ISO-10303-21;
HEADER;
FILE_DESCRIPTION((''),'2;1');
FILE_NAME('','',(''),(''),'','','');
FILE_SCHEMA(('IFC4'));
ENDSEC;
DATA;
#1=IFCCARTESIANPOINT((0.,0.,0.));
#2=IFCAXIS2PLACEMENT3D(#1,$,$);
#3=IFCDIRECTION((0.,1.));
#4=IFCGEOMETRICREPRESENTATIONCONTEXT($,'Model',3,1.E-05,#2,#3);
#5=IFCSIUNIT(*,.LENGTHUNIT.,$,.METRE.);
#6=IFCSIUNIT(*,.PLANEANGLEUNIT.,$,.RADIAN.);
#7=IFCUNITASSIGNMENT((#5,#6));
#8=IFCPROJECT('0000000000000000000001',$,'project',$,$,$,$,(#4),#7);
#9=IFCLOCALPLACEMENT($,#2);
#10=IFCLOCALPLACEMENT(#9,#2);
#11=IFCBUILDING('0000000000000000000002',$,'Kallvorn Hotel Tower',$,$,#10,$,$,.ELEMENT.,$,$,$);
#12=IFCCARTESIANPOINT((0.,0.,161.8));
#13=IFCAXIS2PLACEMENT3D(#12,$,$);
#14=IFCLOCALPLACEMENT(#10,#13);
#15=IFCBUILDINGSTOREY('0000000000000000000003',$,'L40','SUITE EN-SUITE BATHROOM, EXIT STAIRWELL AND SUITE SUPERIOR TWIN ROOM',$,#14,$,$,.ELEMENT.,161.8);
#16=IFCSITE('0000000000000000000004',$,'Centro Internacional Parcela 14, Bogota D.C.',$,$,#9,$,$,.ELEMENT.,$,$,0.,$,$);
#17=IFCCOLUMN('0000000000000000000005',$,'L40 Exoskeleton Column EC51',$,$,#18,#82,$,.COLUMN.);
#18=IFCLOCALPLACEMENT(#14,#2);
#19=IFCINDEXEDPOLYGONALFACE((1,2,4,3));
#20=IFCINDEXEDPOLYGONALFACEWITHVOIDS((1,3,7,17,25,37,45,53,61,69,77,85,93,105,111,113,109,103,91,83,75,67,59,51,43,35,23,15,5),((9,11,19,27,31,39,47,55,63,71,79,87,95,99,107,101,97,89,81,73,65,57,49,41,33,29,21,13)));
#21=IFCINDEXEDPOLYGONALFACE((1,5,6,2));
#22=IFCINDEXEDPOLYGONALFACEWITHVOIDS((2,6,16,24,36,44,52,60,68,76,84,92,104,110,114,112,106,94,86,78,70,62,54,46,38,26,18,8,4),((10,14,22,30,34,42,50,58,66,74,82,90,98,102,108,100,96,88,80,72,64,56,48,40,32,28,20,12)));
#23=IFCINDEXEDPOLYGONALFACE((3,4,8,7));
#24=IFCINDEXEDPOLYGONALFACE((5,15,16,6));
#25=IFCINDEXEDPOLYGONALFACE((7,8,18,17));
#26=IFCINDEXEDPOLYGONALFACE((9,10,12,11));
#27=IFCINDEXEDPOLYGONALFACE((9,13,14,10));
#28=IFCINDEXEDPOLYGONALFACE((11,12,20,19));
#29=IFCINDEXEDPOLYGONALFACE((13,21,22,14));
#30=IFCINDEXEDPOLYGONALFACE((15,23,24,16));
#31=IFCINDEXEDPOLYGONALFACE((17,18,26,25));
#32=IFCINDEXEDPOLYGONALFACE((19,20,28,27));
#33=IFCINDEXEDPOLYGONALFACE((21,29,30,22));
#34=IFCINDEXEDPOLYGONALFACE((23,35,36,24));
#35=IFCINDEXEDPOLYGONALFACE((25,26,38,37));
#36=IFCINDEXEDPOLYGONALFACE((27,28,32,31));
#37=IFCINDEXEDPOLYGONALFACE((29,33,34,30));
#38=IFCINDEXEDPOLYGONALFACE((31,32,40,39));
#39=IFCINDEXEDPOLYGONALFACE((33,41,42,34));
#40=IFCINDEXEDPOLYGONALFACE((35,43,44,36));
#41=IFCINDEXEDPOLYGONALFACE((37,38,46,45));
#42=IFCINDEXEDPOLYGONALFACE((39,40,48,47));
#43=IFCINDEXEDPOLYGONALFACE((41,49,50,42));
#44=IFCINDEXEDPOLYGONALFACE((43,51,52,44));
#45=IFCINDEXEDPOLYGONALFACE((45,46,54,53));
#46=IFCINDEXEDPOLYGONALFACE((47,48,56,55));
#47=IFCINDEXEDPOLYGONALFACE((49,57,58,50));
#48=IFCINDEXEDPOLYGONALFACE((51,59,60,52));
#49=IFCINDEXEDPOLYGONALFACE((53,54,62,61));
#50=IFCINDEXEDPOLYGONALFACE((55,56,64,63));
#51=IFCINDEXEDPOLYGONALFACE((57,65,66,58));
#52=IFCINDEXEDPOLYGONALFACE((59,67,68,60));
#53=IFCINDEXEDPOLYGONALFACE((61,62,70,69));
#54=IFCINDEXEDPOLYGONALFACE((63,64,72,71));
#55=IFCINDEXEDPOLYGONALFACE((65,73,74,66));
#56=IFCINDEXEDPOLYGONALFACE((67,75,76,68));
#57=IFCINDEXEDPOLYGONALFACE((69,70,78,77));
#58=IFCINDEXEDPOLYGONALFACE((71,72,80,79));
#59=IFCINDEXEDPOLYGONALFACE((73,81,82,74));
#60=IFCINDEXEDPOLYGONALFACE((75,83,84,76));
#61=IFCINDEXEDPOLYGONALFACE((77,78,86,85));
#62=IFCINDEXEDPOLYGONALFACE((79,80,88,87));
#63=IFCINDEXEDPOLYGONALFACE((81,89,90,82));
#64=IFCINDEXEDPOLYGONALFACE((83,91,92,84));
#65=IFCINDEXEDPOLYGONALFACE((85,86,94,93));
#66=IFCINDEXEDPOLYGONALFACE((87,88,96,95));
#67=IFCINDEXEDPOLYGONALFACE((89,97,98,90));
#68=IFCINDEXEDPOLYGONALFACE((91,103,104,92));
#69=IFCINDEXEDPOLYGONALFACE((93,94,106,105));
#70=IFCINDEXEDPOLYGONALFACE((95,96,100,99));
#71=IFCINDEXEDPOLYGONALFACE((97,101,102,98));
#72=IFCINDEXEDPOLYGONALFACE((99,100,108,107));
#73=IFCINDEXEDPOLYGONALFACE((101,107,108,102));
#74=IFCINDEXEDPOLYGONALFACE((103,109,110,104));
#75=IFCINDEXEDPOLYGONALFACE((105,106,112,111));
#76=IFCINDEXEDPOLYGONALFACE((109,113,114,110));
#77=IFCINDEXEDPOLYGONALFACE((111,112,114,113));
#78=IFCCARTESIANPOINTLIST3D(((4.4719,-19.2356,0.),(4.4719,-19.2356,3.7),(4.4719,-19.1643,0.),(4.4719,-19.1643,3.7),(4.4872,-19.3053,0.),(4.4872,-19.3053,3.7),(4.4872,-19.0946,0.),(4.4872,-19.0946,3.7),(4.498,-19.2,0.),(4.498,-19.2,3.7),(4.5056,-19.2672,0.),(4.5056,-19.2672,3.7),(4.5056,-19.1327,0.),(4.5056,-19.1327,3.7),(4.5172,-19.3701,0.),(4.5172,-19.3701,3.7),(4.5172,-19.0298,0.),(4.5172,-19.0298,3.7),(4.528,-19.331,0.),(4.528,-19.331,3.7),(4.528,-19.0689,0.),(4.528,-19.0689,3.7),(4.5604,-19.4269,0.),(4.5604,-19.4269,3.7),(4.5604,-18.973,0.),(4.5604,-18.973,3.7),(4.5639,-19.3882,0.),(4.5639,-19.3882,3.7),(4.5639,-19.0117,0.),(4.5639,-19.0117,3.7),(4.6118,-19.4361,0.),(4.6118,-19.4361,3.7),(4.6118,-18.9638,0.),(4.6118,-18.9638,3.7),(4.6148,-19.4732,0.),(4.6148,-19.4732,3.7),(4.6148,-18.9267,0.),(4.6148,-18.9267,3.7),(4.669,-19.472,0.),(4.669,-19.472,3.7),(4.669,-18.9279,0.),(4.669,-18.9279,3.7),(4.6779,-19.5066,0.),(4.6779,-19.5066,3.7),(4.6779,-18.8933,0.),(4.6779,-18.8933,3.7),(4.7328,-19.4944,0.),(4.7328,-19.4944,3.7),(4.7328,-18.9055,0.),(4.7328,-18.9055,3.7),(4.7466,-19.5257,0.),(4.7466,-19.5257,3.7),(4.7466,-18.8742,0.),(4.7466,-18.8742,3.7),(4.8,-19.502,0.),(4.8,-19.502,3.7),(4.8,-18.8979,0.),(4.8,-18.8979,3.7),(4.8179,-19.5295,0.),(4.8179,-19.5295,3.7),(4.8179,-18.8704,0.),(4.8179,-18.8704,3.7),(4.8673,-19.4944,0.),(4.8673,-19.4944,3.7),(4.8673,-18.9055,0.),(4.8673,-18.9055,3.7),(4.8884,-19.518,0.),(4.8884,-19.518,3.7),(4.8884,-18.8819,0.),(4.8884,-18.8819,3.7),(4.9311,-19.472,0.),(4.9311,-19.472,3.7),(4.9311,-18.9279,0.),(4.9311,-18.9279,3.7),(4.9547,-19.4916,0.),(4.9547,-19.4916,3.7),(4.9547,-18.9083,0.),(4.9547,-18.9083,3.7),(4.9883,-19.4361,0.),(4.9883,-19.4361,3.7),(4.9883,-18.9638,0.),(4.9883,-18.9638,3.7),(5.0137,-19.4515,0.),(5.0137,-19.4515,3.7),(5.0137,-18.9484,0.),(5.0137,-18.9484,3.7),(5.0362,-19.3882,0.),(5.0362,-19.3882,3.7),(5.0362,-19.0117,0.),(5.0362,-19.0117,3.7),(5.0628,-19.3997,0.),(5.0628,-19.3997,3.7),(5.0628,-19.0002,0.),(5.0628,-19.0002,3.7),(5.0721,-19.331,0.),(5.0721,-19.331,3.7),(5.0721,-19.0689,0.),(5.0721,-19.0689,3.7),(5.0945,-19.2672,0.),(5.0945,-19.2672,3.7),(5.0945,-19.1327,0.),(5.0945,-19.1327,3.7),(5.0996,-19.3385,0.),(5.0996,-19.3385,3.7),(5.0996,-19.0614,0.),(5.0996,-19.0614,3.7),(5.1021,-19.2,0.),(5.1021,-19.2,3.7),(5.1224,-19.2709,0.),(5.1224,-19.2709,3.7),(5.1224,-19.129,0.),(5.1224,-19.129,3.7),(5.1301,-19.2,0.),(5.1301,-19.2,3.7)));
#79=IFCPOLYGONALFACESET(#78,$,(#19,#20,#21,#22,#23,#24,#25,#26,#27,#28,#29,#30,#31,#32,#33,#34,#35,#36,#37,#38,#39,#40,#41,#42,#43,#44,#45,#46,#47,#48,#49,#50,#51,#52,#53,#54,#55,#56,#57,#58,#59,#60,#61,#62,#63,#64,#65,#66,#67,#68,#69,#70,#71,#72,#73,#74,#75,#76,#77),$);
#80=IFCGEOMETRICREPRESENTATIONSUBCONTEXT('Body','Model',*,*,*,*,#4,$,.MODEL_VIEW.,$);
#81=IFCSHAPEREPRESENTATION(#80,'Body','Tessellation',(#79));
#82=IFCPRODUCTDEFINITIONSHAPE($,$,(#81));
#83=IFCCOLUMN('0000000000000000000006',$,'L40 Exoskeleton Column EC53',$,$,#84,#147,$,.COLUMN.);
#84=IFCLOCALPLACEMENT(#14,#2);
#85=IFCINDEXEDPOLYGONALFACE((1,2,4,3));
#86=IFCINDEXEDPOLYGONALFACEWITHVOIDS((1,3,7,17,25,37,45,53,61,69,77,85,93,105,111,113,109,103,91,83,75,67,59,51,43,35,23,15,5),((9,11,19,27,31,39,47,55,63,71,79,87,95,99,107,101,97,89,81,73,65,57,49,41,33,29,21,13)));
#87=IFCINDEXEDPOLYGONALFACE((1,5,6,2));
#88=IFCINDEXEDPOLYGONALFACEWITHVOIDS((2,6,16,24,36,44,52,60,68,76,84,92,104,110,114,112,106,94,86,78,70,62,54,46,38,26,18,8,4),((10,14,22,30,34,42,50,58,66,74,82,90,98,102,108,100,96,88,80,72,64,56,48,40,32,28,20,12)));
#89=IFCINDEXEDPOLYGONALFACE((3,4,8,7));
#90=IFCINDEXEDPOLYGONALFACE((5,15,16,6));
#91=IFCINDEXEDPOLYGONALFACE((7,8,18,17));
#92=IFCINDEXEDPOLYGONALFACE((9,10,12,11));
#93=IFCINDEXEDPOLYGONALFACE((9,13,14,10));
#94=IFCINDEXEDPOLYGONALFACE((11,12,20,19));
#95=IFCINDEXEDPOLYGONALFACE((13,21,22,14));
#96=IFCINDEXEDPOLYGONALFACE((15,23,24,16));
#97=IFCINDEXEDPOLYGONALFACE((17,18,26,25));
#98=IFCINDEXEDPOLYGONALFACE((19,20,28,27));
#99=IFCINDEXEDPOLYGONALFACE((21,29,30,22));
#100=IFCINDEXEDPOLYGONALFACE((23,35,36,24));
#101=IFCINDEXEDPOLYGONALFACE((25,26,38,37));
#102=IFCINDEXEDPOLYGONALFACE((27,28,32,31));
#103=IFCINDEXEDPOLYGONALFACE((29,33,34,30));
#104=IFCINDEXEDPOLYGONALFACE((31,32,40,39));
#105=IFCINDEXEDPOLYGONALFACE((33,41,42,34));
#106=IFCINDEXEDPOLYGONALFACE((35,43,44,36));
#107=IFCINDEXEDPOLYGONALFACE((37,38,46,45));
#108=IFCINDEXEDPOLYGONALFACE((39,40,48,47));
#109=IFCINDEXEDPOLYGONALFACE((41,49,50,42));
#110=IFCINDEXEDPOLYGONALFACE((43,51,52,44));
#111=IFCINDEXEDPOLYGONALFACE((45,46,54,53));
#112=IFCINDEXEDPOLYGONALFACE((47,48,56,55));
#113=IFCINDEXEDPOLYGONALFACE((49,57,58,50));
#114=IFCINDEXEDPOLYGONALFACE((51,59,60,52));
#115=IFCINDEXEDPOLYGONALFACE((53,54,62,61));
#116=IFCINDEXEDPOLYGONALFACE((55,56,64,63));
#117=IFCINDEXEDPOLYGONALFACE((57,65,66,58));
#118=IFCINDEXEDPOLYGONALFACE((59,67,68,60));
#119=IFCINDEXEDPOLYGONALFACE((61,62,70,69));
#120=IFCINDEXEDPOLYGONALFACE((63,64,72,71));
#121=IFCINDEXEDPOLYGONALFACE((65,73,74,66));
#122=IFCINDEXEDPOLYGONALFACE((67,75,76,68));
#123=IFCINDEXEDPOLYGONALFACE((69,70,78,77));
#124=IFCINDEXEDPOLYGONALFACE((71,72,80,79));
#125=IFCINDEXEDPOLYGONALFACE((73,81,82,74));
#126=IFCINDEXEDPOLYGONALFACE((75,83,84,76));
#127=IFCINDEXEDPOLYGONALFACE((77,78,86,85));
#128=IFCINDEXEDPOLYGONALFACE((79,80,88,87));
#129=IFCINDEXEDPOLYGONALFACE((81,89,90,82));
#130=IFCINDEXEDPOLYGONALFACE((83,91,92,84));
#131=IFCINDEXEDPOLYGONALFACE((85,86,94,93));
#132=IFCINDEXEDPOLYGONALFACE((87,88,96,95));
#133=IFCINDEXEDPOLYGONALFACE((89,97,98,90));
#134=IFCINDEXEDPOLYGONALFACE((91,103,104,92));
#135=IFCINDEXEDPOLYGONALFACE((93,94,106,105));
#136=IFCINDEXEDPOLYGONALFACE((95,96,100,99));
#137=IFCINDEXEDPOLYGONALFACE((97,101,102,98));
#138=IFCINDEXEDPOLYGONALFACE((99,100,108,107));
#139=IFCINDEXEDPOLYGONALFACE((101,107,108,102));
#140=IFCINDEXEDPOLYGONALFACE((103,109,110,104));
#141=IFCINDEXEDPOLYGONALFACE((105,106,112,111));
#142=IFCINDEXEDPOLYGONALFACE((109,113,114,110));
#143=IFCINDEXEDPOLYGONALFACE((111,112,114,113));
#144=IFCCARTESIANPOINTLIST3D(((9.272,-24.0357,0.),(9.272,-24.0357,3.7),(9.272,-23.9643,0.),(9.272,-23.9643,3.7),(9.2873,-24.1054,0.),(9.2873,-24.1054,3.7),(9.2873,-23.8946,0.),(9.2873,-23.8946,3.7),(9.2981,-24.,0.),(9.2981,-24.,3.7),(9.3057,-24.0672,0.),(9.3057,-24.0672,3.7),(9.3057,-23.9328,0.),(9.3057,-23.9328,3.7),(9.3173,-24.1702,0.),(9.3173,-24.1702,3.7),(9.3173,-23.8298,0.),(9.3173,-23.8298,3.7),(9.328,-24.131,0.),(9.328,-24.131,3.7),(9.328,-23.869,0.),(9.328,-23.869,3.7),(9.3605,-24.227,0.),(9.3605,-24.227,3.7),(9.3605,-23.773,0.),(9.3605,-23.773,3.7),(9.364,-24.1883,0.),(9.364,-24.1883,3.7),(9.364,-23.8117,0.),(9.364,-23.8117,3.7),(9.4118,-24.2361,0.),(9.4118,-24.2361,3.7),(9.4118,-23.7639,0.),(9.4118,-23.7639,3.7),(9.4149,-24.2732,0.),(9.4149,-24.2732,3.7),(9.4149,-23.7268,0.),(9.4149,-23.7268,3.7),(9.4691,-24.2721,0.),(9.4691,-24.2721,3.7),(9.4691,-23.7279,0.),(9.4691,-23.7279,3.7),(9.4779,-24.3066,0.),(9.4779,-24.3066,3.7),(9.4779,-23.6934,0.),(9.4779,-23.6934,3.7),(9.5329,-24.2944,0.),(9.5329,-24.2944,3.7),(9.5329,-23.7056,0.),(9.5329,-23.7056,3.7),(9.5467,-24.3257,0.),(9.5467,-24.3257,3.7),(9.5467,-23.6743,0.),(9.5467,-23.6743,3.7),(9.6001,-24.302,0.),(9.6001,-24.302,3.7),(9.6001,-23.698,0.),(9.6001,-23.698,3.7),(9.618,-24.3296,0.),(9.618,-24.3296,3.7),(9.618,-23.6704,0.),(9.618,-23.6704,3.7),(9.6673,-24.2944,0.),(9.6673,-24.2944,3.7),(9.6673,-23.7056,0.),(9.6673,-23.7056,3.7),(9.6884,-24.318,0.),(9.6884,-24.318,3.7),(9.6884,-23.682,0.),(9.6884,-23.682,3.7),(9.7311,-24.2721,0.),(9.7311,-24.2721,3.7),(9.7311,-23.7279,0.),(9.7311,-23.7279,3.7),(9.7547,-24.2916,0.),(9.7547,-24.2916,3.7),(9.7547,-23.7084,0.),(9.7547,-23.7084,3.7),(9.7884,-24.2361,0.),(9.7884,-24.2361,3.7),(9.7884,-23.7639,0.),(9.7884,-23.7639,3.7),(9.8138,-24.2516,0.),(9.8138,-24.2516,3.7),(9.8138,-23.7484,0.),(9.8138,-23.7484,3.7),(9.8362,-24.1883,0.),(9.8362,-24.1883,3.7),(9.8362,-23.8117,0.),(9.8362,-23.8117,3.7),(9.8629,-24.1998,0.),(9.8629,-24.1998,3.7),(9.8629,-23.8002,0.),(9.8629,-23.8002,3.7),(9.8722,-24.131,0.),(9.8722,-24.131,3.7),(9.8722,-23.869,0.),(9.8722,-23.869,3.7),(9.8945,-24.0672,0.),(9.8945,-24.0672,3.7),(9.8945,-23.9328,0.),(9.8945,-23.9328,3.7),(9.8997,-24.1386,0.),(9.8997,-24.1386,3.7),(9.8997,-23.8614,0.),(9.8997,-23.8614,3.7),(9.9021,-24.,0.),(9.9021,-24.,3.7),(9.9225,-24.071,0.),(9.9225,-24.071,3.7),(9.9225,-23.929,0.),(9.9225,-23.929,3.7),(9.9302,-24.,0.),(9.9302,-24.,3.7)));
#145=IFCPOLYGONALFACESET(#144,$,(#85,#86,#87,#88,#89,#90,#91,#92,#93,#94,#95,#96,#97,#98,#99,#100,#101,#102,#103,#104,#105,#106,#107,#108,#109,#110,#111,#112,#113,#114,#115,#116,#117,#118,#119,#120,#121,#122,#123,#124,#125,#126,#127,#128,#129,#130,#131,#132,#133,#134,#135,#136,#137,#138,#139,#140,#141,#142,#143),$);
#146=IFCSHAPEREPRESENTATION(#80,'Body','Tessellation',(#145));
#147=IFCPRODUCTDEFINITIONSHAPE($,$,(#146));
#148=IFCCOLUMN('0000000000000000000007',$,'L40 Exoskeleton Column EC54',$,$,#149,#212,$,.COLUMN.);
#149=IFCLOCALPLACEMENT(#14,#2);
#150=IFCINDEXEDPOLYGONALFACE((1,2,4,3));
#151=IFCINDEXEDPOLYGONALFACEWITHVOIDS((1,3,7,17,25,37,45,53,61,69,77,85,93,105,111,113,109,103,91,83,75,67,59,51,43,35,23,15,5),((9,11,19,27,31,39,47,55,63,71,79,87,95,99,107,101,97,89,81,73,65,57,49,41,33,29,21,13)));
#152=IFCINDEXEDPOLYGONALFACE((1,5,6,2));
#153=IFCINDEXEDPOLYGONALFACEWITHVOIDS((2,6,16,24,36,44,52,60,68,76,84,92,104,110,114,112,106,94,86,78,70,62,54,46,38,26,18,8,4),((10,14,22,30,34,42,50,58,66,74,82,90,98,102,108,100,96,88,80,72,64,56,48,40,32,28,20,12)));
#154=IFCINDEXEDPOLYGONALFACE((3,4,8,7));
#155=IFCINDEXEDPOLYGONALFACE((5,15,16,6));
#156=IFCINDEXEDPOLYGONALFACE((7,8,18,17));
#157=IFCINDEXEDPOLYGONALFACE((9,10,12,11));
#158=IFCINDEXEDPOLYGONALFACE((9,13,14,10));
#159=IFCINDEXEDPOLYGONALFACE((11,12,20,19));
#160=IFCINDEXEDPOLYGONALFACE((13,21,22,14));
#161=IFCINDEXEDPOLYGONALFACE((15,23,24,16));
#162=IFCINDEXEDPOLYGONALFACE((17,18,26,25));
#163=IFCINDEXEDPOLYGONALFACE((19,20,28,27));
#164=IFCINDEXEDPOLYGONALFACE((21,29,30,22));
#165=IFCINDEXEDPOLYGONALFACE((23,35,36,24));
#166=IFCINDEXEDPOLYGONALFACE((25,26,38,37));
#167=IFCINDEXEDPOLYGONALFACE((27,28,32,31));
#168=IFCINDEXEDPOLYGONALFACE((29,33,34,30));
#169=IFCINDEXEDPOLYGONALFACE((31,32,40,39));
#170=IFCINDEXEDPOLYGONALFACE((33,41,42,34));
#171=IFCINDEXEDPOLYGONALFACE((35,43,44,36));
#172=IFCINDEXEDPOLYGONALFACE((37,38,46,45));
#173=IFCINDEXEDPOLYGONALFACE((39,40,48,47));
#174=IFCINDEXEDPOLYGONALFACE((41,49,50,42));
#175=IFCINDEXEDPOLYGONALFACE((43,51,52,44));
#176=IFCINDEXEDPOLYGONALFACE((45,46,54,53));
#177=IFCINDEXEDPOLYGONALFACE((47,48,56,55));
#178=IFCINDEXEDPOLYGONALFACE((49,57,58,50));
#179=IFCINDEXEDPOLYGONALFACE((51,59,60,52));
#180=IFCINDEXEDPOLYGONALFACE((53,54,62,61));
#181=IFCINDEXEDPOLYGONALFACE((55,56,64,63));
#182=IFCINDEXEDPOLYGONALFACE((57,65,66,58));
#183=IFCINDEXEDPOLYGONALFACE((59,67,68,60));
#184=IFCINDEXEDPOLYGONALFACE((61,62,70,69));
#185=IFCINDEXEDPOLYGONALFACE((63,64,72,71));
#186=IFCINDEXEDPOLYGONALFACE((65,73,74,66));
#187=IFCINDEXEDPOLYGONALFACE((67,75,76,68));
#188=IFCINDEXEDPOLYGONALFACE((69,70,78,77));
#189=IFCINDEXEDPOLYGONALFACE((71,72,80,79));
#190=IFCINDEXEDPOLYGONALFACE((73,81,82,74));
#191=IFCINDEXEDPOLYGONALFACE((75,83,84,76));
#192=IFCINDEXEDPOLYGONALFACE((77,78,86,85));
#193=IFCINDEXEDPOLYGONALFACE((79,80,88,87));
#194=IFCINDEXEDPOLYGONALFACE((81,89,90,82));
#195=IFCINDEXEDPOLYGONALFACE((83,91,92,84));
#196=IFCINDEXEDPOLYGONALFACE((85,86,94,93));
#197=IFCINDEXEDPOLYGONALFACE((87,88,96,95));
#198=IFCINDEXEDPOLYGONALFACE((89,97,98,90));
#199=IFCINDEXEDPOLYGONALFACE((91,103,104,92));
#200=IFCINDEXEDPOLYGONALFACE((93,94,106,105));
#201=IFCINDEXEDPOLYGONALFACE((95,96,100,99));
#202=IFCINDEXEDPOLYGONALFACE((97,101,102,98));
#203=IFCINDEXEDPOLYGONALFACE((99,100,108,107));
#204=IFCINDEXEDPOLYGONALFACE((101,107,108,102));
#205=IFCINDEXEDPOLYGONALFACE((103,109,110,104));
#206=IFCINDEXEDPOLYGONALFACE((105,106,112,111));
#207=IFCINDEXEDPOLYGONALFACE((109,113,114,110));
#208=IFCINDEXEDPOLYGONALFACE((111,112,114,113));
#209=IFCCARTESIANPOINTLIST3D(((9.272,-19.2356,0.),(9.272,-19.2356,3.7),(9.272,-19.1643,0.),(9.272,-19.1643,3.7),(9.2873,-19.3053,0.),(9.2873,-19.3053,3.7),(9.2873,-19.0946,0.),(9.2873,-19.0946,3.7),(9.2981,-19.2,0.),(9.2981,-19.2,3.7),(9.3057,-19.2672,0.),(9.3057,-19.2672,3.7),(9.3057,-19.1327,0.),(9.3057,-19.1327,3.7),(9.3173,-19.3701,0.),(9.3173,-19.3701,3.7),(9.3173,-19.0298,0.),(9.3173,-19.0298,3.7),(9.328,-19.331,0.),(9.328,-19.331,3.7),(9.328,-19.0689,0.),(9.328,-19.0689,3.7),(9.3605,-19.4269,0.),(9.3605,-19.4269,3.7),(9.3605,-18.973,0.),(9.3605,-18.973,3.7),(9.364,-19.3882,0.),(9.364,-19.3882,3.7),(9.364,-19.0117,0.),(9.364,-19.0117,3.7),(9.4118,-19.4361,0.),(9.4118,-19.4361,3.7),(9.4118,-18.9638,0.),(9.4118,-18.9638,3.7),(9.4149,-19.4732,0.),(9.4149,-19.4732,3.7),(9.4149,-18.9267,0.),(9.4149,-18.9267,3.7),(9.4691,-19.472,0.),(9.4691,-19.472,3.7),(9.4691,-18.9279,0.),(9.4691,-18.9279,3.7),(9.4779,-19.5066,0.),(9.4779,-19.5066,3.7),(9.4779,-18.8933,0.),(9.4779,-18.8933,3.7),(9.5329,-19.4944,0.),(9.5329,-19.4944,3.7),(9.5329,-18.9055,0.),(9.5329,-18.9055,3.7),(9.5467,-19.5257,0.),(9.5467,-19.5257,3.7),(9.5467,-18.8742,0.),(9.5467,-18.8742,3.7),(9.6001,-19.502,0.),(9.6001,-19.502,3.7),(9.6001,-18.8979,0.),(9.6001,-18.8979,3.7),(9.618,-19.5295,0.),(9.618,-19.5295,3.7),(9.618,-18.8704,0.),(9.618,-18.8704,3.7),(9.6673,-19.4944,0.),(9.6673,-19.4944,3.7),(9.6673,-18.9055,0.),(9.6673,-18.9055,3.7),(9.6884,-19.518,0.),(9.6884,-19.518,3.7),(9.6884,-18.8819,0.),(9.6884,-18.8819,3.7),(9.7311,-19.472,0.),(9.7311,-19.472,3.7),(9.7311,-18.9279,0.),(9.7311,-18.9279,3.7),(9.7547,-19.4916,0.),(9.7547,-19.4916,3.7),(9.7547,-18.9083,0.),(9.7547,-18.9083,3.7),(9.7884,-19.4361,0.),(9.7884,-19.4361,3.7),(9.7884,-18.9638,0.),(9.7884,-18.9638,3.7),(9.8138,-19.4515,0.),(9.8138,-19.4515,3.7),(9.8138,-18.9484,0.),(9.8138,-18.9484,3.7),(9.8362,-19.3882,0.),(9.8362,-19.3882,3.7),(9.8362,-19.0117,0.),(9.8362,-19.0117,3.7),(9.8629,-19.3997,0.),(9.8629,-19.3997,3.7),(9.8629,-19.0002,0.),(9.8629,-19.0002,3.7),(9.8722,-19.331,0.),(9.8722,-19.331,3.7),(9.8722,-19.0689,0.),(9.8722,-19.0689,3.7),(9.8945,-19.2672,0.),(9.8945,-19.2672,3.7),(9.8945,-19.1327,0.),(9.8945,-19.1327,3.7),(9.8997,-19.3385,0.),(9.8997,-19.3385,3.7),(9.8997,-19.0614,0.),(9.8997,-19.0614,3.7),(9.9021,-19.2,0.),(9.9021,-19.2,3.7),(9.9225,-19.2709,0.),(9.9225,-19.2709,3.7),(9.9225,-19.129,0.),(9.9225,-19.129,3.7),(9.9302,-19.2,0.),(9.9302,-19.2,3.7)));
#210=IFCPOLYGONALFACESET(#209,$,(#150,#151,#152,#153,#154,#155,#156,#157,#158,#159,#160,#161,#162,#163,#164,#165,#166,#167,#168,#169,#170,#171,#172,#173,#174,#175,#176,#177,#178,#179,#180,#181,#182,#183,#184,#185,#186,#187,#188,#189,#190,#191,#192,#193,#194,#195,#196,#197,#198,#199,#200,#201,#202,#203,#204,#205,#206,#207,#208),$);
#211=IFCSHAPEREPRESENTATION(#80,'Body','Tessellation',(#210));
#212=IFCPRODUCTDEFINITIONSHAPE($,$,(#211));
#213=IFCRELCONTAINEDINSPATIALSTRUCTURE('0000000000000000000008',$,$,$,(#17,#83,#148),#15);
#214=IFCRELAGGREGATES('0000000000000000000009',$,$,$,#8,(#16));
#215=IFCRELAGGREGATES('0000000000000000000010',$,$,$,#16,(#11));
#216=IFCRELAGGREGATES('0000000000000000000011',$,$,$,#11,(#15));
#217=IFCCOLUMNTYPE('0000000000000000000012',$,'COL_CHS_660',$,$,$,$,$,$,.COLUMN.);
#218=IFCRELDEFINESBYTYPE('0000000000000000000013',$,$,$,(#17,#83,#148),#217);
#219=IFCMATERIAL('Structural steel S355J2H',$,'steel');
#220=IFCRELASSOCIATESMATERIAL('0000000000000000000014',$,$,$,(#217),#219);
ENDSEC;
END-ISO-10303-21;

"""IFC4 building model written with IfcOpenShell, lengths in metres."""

from ifc_helpers import new_model, si_unit, direction, frame, origin, origin_2d, place, context, subcontext, project, spatial, hollow_circle, extrude, material, material_profile, profile_set, type_object, element, save


model = new_model("IFC4")

# Units and contexts
model_context = context("Model", 3, precision=1e-05, world=origin(), true_north=direction((0.0, 1.0)))
body_context = subcontext(model_context, "Body", "Model", "MODEL_VIEW")
ifc_project = project(units=[si_unit("LENGTHUNIT", "METRE"), si_unit("PLANEANGLEUNIT", "RADIAN")], contexts=[model_context])

# Site, building, storey
site_placement = place(None, origin())
site = spatial("IfcSite", under=ifc_project, at=site_placement, Name="Centro Internacional Parcela 14, Bogota D.C.", CompositionType="ELEMENT", RefElevation=0.0)
building_placement = place(site_placement, origin())
building = spatial("IfcBuilding", under=site, at=building_placement, Name="Kallvorn Hotel Tower", CompositionType="ELEMENT")
storey_placement = place(building_placement, frame((0.0, 0.0, 161.8)))
storey = spatial("IfcBuildingStorey", under=building, at=storey_placement, Name="L40", Description="SUITE EN-SUITE BATHROOM, EXIT STAIRWELL AND SUITE SUPERIOR TWIN ROOM", CompositionType="ELEMENT", Elevation=161.8)

# Columns
ifc_material_1 = material(Name="Structural steel S355J2H", Category="steel")
ifc_material_profile_1 = material_profile(ifc_material_1, hollow_circle(Radius=0.3301, WallThickness=0.0281, at=origin_2d()), Name="CHS 660x28")
ifc_profile_set_1 = profile_set([ifc_material_profile_1], Name="Structural steel S355J2H")
column_type_1 = type_object("IfcColumnType", Name="COL_CHS_660", PredefinedType="COLUMN", material=ifc_profile_set_1)
for number, where, z_axis, x_axis, name in (
    (1, (4.8, -19.2, 0.0), (0.0, 0.0, 1.0), (1.0, 0.0, 0.0), "L40 Exoskeleton Column EC51"),
    (2, (9.6001, -24.0, 0.0), (0.0, 0.0, 1.0), (1.0, 0.0, 0.0), "L40 Exoskeleton Column EC53"),
    (3, (9.6001, -19.2, 0.0), (0.0, 0.0, 1.0), (1.0, 0.0, 0.0), "L40 Exoskeleton Column EC54"),
):
    element("IfcColumn", number, at=place(storey_placement, frame(where, z_axis=z_axis, x_axis=x_axis)), inside=storey, type_object=column_type_1, Name=name, PredefinedType="COLUMN", context=body_context, shape_type="SweptSolid", body=[
        extrude(hollow_circle(Radius=0.3301, WallThickness=0.0281, at=origin_2d()), origin(), (0.0, 0.0, 1.0), 3.7),
    ])

save(model, "model.ifc")
